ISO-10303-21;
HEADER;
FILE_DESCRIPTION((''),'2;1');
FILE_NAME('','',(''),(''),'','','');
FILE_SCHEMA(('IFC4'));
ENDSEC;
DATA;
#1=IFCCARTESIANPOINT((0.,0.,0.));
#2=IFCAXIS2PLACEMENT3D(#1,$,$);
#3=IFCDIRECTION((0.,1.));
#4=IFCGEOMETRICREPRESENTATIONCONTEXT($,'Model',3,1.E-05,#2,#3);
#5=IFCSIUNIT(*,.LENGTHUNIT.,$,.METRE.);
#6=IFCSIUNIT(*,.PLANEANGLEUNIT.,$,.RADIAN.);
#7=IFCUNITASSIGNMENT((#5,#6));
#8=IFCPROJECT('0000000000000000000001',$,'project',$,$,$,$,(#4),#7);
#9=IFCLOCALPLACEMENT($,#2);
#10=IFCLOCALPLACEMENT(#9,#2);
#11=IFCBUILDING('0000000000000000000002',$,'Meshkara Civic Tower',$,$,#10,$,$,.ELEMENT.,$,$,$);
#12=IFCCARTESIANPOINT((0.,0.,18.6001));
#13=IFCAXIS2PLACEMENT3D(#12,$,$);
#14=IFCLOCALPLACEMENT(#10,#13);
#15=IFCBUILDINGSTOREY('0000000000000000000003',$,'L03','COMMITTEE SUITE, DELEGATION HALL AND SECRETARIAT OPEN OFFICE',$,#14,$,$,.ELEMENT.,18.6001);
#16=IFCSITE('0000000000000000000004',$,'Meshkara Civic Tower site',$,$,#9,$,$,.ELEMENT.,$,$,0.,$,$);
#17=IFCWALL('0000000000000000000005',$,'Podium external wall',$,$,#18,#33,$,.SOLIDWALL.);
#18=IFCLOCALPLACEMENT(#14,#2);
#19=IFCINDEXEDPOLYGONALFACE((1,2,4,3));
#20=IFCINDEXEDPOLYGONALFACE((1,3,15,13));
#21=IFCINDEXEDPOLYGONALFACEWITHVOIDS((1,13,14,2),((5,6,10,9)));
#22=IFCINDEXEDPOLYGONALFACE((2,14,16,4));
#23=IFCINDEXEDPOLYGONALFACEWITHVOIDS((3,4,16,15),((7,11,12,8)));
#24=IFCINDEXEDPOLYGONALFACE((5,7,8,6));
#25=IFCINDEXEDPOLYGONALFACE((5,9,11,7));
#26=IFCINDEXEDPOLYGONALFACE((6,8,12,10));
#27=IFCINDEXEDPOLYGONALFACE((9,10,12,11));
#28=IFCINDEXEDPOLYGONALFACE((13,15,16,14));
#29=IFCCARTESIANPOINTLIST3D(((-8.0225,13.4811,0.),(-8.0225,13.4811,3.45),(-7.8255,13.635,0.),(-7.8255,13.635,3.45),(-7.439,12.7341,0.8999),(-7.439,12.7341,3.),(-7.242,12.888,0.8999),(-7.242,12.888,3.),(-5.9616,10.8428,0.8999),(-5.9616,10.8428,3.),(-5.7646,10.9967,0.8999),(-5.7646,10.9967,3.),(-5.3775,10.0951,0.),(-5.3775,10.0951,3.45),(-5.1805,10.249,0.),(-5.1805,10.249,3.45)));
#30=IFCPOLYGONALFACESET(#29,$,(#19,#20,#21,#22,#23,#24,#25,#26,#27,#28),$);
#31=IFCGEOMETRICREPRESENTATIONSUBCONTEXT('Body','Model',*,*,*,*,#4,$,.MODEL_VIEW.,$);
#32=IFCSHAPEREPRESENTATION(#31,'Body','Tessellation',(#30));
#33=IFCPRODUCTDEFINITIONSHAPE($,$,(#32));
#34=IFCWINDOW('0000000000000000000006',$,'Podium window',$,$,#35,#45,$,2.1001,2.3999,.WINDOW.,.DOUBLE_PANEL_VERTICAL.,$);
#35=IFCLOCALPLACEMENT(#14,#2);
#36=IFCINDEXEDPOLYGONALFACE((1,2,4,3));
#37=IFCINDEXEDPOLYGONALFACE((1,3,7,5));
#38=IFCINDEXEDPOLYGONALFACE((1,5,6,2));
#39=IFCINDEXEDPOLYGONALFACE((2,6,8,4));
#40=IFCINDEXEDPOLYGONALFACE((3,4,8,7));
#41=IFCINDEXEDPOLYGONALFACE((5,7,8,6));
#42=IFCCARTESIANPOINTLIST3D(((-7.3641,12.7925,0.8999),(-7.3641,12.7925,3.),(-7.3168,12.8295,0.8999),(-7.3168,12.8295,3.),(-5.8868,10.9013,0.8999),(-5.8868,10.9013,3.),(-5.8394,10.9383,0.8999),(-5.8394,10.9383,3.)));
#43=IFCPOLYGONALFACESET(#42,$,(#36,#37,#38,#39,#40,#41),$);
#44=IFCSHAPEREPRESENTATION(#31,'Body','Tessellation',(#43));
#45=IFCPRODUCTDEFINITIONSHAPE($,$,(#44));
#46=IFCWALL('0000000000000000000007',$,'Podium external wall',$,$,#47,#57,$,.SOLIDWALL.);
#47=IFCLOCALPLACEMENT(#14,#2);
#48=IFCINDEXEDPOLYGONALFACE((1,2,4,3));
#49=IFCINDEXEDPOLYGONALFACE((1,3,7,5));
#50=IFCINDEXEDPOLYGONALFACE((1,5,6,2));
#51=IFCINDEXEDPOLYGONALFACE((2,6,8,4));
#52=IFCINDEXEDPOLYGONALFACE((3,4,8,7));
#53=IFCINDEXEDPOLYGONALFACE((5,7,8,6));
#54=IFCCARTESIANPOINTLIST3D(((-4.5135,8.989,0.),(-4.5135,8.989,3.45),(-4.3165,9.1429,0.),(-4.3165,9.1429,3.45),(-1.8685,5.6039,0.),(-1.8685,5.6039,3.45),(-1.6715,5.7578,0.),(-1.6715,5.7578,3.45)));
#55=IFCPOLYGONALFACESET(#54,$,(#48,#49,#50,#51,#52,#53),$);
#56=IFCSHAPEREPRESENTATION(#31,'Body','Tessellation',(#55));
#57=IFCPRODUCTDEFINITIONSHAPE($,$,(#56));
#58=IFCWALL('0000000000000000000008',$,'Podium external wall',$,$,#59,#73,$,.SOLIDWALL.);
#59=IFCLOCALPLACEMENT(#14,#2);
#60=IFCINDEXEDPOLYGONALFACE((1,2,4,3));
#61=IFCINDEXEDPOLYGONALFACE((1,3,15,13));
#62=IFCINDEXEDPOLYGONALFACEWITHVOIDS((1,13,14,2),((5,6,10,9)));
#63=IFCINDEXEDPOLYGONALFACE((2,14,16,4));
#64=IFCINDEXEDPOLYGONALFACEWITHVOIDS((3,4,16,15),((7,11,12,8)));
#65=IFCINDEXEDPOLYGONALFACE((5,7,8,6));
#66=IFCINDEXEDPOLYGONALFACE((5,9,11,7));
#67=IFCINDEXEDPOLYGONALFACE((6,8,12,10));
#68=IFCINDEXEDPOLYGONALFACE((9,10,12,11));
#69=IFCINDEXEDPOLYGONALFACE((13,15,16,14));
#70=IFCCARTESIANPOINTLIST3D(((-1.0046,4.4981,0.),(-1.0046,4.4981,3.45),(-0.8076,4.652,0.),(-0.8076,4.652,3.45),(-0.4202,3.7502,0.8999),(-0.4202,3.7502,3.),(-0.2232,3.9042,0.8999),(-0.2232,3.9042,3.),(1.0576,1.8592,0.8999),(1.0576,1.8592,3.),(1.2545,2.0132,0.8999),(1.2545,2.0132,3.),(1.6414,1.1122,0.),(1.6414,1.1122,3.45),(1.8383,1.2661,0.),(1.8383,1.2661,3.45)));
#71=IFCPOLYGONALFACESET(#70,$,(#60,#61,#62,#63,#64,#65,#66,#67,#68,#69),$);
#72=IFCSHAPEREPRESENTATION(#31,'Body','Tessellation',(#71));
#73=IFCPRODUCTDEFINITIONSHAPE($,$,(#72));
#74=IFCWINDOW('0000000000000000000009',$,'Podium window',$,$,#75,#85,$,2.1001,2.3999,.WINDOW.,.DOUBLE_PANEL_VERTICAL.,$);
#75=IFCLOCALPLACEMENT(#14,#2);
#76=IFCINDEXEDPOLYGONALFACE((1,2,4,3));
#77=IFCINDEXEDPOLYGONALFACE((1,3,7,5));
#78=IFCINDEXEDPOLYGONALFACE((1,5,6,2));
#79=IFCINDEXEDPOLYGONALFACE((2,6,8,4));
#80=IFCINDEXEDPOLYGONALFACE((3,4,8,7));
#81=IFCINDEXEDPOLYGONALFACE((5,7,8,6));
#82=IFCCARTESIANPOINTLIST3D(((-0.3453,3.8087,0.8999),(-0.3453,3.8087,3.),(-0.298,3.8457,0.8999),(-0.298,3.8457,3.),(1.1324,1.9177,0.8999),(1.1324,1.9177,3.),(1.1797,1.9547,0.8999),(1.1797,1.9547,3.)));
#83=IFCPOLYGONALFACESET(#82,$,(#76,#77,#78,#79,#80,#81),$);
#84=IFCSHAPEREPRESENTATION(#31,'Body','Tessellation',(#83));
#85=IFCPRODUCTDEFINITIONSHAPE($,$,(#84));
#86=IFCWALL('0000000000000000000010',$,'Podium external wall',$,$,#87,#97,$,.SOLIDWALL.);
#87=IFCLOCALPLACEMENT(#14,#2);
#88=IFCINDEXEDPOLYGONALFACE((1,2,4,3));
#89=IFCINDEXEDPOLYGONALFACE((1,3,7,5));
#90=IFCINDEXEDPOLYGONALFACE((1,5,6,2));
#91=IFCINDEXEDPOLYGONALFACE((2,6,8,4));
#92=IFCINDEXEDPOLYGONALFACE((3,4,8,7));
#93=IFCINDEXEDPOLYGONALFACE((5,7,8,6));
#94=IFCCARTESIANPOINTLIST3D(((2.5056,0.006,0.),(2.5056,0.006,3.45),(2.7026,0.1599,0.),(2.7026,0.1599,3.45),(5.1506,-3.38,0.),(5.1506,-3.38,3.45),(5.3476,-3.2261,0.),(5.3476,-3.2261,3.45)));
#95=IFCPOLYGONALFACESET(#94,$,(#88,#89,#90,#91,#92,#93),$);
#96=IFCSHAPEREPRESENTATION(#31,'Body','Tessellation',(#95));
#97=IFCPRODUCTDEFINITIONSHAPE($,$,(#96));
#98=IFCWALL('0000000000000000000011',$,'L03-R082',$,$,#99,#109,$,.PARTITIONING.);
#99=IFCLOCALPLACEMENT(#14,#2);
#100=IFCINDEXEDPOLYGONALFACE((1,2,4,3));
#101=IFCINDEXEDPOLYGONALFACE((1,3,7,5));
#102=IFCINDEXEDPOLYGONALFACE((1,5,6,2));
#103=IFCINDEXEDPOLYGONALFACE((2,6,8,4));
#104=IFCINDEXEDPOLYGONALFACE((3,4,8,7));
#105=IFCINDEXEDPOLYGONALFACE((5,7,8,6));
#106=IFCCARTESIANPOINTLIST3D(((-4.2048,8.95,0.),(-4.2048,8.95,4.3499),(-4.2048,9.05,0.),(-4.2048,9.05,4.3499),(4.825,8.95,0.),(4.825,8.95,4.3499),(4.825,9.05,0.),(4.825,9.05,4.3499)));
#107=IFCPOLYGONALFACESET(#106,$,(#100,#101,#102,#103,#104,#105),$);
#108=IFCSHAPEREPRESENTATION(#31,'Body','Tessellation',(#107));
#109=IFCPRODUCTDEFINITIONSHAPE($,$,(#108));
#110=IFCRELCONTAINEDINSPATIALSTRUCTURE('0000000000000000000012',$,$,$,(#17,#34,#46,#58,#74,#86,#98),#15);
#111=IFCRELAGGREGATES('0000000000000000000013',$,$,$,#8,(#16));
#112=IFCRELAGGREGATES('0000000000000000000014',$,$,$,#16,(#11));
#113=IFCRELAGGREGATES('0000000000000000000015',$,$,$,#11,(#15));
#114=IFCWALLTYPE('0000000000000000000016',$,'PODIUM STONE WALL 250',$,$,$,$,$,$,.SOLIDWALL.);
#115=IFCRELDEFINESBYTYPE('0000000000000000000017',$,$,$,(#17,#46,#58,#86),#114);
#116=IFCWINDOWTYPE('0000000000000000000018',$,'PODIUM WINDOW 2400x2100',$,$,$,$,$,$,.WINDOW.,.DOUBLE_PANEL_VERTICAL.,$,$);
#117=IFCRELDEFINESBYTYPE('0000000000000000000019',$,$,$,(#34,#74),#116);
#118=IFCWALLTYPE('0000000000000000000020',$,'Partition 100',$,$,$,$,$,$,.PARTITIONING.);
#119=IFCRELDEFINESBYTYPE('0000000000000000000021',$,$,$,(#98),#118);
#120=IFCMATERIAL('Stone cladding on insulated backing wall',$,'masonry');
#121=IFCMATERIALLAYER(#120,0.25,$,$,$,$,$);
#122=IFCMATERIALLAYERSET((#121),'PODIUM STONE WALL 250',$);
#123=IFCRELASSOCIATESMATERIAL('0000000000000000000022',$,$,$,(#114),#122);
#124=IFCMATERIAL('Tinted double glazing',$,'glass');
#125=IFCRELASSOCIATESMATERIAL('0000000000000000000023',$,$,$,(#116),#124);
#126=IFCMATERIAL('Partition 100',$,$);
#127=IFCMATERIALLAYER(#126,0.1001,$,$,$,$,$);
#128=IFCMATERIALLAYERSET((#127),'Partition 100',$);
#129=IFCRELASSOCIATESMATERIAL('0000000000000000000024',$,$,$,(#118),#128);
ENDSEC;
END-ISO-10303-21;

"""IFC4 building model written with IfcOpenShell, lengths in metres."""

from ifc_helpers import new_model, si_unit, direction, frame, frame_2d, origin, place, context, subcontext, project, spatial, rectangle, extrude, material, layer, layer_set, type_object, element, fill, save


model = new_model("IFC4")

# Units and contexts
model_context = context("Model", 3, precision=1e-05, world=origin(), true_north=direction((0.0, 1.0)))
body_context = subcontext(model_context, "Body", "Model", "MODEL_VIEW")
ifc_project = project(units=[si_unit("LENGTHUNIT", "METRE"), si_unit("PLANEANGLEUNIT", "RADIAN")], contexts=[model_context])

# Site, building, storey
site_placement = place(None, origin())
site = spatial("IfcSite", under=ifc_project, at=site_placement, Name="Meshkara Civic Tower site", CompositionType="ELEMENT", RefElevation=0.0)
building_placement = place(site_placement, origin())
building = spatial("IfcBuilding", under=site, at=building_placement, Name="Meshkara Civic Tower", CompositionType="ELEMENT")
storey_placement = place(building_placement, frame((0.0, 0.0, 18.6001)))
storey = spatial("IfcBuildingStorey", under=building, at=storey_placement, Name="L03", Description="COMMITTEE SUITE, DELEGATION HALL AND SECRETARIAT OPEN OFFICE", CompositionType="ELEMENT", Elevation=18.6001)

# Wall, opening, window
ifc_material_1 = material(Name="Stone cladding on insulated backing wall", Category="masonry")
ifc_layer_1 = layer(ifc_material_1, 0.25)
ifc_layer_set_1 = layer_set([ifc_layer_1], Name="PODIUM STONE WALL 250")
wall_type_1 = type_object("IfcWallType", Name="PODIUM STONE WALL 250", PredefinedType="SOLIDWALL", material=ifc_layer_set_1)
wall_1_placement = place(storey_placement, frame((-7.9241, 13.5581, 0.0), z_axis=(0.0, 0.0, 1.0), x_axis=(0.615603, -0.788056, 0.0)))
wall_1 = element("IfcWall", 1, at=wall_1_placement, inside=storey, type_object=wall_type_1, Name="Podium external wall", PredefinedType="SOLIDWALL", context=body_context, shape_type="SweptSolid", body=[
    extrude(rectangle(XDim=4.2966, YDim=0.25, at=frame_2d((2.1484, 0.0))), origin(), (0.0, 0.0, 1.0), 3.45),
])
opening_1_placement = place(wall_1_placement, frame((0.948, 0.0, 0.8999)))
opening_1 = element("IfcOpeningElement", 2, at=opening_1_placement, cuts=wall_1, PredefinedType="OPENING", context=body_context, shape_type="SweptSolid", body=[
    extrude(rectangle(XDim=2.3999, YDim=2.1001, at=frame_2d((1.2, 1.05))), frame((0.0, 0.135, 0.0), z_axis=(0.0, -1.0, 0.0), x_axis=(1.0, 0.0, 0.0)), (0.0, 0.0, 1.0), 0.27),
])
ifc_material_2 = material(Name="Tinted double glazing", Category="glass")
window_type = type_object("IfcWindowType", Name="PODIUM WINDOW 2400x2100", PartitioningType="DOUBLE_PANEL_VERTICAL", PredefinedType="WINDOW", material=ifc_material_2)
window_1_placement = place(opening_1_placement, origin())
window_1 = element("IfcWindow", 3, at=window_1_placement, inside=storey, type_object=window_type, Name="Podium window", OverallHeight=2.1001, OverallWidth=2.3999, PartitioningType="DOUBLE_PANEL_VERTICAL", PredefinedType="WINDOW", context=body_context, shape_type="SweptSolid", body=[
    extrude(rectangle(XDim=2.3999, YDim=2.1001, at=frame_2d((1.2, 1.05))), frame((0.0, 0.03, 0.0), z_axis=(0.0, -1.0, 0.0), x_axis=(1.0, 0.0, 0.0)), (0.0, 0.0, 1.0), 0.0601),
])
fill(opening_1, window_1)

# Wall
wall_2_placement = place(storey_placement, frame((-4.415, 9.0659, 0.0), z_axis=(0.0, 0.0, 1.0), x_axis=(0.615714, -0.78797, 0.0)))
element("IfcWall", 4, at=wall_2_placement, inside=storey, type_object=wall_type_1, Name="Podium external wall", PredefinedType="SOLIDWALL", context=body_context, shape_type="SweptSolid", body=[
    extrude(rectangle(XDim=4.2959, YDim=0.25, at=frame_2d((2.1479, 0.0))), origin(), (0.0, 0.0, 1.0), 3.45),
])

# Wall, opening, window
wall_3_placement = place(storey_placement, frame((-0.906, 4.575, 0.0), z_axis=(0.0, 0.0, 1.0), x_axis=(0.615744, -0.787946, 0.0)))
wall_3 = element("IfcWall", 5, at=wall_3_placement, inside=storey, type_object=wall_type_1, Name="Podium external wall", PredefinedType="SOLIDWALL", context=body_context, shape_type="SweptSolid", body=[
    extrude(rectangle(XDim=4.2971, YDim=0.25, at=frame_2d((2.1484, 0.0))), origin(), (0.0, 0.0, 1.0), 3.45),
])
opening_2_placement = place(wall_3_placement, frame((0.949, 0.0, 0.8999)))
opening_2 = element("IfcOpeningElement", 6, at=opening_2_placement, cuts=wall_3, PredefinedType="OPENING", context=body_context, shape_type="SweptSolid", body=[
    extrude(rectangle(XDim=2.3999, YDim=2.1001, at=frame_2d((1.2, 1.05))), frame((0.0, 0.135, 0.0), z_axis=(0.0, -1.0, 0.0), x_axis=(1.0, 0.0, 0.0)), (0.0, 0.0, 1.0), 0.27),
])
window_2_placement = place(opening_2_placement, origin())
window_2 = element("IfcWindow", 7, at=window_2_placement, inside=storey, type_object=window_type, Name="Podium window", OverallHeight=2.1001, OverallWidth=2.3999, PartitioningType="DOUBLE_PANEL_VERTICAL", PredefinedType="WINDOW", context=body_context, shape_type="SweptSolid", body=[
    extrude(rectangle(XDim=2.3999, YDim=2.1001, at=frame_2d((1.2, 1.05))), frame((0.0, 0.03, 0.0), z_axis=(0.0, -1.0, 0.0), x_axis=(1.0, 0.0, 0.0)), (0.0, 0.0, 1.0), 0.0601),
])
fill(opening_2, window_2)

# Walls
wall_4_placement = place(storey_placement, frame((2.604, 0.083, 0.0), z_axis=(0.0, 0.0, 1.0), x_axis=(0.615603, -0.788056, 0.0)))
element("IfcWall", 8, at=wall_4_placement, inside=storey, type_object=wall_type_1, Name="Podium external wall", PredefinedType="SOLIDWALL", context=body_context, shape_type="SweptSolid", body=[
    extrude(rectangle(XDim=4.2966, YDim=0.25, at=frame_2d((2.1484, 0.0))), origin(), (0.0, 0.0, 1.0), 3.45),
])
ifc_material_3 = material(Name="Partition 100")
ifc_layer_2 = layer(ifc_material_3, 0.1001)
ifc_layer_set_2 = layer_set([ifc_layer_2], Name="Partition 100")
wall_type_2 = type_object("IfcWallType", Name="Partition 100", PredefinedType="PARTITIONING", material=ifc_layer_set_2)
wall_5_placement = place(storey_placement, frame((-4.2048, 9.0, 0.0), z_axis=(0.0, 0.0, 1.0), x_axis=(1.0, 0.0, 0.0)))
element("IfcWall", 9, at=wall_5_placement, inside=storey, type_object=wall_type_2, Name="L03-R082", PredefinedType="PARTITIONING", context=body_context, shape_type="SweptSolid", body=[
    extrude(rectangle(XDim=9.0298, YDim=0.1001, at=frame_2d((4.5149, 0.0))), origin(), (0.0, 0.0, 1.0), 4.3499),
])

save(model, "model.ifc")
